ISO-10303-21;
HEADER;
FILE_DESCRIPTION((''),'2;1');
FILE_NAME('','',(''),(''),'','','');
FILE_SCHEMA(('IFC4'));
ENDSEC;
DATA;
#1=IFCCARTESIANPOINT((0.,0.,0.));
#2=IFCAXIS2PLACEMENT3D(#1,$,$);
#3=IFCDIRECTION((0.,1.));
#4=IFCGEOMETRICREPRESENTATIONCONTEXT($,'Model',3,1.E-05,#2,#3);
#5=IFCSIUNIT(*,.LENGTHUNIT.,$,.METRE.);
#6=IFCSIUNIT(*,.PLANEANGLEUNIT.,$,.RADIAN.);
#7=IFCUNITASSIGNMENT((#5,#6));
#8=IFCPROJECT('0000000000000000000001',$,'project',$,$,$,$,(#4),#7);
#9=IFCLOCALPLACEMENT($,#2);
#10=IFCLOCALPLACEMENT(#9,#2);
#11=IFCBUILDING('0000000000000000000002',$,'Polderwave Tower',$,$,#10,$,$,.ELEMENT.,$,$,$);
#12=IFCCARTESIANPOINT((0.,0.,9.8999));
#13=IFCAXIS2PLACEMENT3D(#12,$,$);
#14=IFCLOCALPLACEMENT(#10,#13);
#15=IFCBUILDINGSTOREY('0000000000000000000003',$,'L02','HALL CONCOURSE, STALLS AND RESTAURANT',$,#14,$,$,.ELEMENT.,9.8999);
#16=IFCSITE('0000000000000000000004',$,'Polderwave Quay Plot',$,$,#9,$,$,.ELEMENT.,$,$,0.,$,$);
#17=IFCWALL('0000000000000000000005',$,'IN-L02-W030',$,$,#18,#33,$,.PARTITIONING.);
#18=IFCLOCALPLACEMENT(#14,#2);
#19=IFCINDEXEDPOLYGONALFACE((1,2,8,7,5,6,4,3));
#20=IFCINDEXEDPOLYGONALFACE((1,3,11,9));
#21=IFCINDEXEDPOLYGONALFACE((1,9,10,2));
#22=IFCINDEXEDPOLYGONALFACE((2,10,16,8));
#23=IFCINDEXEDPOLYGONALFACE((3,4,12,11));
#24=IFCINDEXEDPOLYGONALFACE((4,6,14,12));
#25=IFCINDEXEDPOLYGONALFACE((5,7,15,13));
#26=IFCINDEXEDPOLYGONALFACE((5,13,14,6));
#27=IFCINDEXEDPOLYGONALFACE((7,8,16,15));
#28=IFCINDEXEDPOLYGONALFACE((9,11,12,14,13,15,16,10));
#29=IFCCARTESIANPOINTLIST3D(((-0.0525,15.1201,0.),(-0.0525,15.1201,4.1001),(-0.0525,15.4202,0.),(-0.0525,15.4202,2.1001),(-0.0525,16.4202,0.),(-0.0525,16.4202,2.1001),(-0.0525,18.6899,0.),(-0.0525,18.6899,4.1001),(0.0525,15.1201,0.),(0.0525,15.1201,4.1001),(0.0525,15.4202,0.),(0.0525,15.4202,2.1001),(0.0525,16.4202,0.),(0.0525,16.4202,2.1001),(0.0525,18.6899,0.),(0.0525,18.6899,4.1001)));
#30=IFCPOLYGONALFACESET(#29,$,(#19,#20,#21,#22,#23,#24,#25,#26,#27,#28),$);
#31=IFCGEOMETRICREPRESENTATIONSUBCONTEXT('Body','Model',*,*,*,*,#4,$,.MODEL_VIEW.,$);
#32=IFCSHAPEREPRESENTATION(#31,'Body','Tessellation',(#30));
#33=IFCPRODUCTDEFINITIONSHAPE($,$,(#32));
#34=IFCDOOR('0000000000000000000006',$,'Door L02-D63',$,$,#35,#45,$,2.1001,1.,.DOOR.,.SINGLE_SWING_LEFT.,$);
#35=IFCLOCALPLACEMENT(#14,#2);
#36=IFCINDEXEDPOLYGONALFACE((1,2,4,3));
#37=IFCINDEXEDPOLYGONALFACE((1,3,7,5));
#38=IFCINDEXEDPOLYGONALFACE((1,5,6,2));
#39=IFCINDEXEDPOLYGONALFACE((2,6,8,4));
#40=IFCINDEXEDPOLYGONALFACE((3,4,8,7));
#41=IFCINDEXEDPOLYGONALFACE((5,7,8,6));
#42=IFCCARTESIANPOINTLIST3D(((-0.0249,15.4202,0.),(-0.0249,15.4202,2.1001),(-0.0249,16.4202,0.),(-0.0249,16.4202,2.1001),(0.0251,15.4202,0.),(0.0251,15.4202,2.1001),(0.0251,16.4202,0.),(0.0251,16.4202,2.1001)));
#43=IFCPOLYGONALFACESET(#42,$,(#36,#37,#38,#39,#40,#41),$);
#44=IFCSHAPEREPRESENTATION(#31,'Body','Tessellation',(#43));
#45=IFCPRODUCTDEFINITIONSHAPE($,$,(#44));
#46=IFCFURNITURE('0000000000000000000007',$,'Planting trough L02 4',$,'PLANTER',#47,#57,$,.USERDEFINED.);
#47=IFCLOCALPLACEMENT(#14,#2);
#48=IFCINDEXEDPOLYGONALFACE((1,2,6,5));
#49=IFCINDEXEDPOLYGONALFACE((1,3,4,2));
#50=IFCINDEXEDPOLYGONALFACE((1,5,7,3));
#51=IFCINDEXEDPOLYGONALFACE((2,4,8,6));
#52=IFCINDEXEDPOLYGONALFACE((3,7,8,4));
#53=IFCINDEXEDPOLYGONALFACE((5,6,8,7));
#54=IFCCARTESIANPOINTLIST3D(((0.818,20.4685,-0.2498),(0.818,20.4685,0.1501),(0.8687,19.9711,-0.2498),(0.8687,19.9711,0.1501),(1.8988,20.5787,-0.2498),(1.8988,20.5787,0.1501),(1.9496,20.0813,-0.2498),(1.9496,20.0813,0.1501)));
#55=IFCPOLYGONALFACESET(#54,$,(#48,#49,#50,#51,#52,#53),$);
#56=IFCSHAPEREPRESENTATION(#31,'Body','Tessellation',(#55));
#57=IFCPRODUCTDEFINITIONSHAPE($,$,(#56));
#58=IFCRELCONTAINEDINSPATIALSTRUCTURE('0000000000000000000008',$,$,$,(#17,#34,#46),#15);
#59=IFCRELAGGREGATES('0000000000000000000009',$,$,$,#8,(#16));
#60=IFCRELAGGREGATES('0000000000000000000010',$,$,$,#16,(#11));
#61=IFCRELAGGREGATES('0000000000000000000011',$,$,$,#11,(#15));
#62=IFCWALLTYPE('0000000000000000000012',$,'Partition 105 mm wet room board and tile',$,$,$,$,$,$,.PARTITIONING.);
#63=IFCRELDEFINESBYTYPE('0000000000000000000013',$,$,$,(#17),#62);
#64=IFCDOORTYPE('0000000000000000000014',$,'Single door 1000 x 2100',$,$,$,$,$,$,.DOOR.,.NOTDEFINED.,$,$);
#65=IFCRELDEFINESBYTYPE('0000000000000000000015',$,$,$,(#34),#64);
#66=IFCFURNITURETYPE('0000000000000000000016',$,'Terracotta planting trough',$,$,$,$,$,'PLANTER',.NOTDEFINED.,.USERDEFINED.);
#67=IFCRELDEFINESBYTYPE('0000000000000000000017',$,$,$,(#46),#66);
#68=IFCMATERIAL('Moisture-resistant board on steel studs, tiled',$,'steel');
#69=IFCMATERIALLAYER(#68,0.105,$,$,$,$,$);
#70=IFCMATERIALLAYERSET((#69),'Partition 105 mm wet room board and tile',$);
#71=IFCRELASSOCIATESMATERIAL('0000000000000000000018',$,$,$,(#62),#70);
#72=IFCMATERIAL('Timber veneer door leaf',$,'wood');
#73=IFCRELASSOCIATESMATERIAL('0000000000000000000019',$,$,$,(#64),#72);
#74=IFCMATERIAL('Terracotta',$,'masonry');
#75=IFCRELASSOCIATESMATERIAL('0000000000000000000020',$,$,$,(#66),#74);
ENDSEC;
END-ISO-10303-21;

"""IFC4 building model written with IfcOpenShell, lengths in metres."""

from ifc_helpers import new_model, si_unit, direction, frame, frame_2d, origin, origin_2d, place, context, subcontext, project, spatial, rectangle, extrude, material, layer, layer_set, type_object, element, fill, save


model = new_model("IFC4")

# Units and contexts
model_context = context("Model", 3, precision=1e-05, world=origin(), true_north=direction((0.0, 1.0)))
body_context = subcontext(model_context, "Body", "Model", "MODEL_VIEW")
ifc_project = project(units=[si_unit("LENGTHUNIT", "METRE"), si_unit("PLANEANGLEUNIT", "RADIAN")], contexts=[model_context])

# Site, building, storey
site_placement = place(None, origin())
site = spatial("IfcSite", under=ifc_project, at=site_placement, Name="Polderwave Quay Plot", CompositionType="ELEMENT", RefElevation=0.0)
building_placement = place(site_placement, origin())
building = spatial("IfcBuilding", under=site, at=building_placement, Name="Polderwave Tower", CompositionType="ELEMENT")
storey_placement = place(building_placement, frame((0.0, 0.0, 9.8999)))
storey = spatial("IfcBuildingStorey", under=building, at=storey_placement, Name="L02", Description="HALL CONCOURSE, STALLS AND RESTAURANT", CompositionType="ELEMENT", Elevation=9.8999)

# Shared definitions
ifc_material_1 = material(Name="Moisture-resistant board on steel studs, tiled", Category="steel")
ifc_layer_1 = layer(ifc_material_1, 0.105)
ifc_layer_set_1 = layer_set([ifc_layer_1], Name="Partition 105 mm wet room board and tile")
wall_type_1 = type_object("IfcWallType", Name="Partition 105 mm wet room board and tile", PredefinedType="PARTITIONING", material=ifc_layer_set_1)

# Shared definitions
ifc_material_2 = material(Name="Timber veneer door leaf", Category="wood")
door_type_1 = type_object("IfcDoorType", Name="Single door 1000 x 2100", OperationType="NOTDEFINED", PredefinedType="DOOR", material=ifc_material_2)

# Wall, opening, door
wall_1_placement = place(storey_placement, frame((0.0, 15.1201, 0.0), z_axis=(0.0, 0.0, 1.0), x_axis=(0.0, 1.0, 0.0)))
wall_1 = element("IfcWall", 1, at=wall_1_placement, inside=storey, type_object=wall_type_1, Name="IN-L02-W030", PredefinedType="PARTITIONING", context=body_context, shape_type="SweptSolid", body=[
    extrude(rectangle(XDim=3.5698, YDim=0.105, at=frame_2d((1.7849, 0.0))), origin(), (0.0, 0.0, 1.0), 4.1001),
])
opening_1_placement = place(wall_1_placement, frame((0.3, 0.0, 0.0)))
opening_1 = element("IfcOpeningElement", 2, at=opening_1_placement, cuts=wall_1, PredefinedType="OPENING", context=body_context, shape_type="SweptSolid", body=[
    extrude(rectangle(XDim=1.0, YDim=2.1001, at=frame_2d((0.5, 1.05))), frame((0.0, 0.0625, 0.0), z_axis=(0.0, -1.0, 0.0), x_axis=(1.0, 0.0, 0.0)), (0.0, 0.0, 1.0), 0.125),
])
door_1_placement = place(opening_1_placement, origin())
door_1 = element("IfcDoor", 3, at=door_1_placement, inside=storey, type_object=door_type_1, Name="Door L02-D63", OperationType="SINGLE_SWING_LEFT", OverallHeight=2.1001, OverallWidth=1.0, PredefinedType="DOOR", context=body_context, shape_type="SweptSolid", body=[
    extrude(rectangle(XDim=1.0, YDim=2.1001, at=frame_2d((0.5, 1.05))), frame((0.0, 0.0249, 0.0), z_axis=(0.0, -1.0, 0.0), x_axis=(1.0, 0.0, 0.0)), (0.0, 0.0, 1.0), 0.05),
])
fill(opening_1, door_1)

# Furniture
ifc_material_3 = material(Name="Terracotta", Category="masonry")
furniture_type = type_object("IfcFurnitureType", Name="Terracotta planting trough", ElementType="PLANTER", AssemblyPlace="NOTDEFINED", PredefinedType="USERDEFINED", material=ifc_material_3)
furniture_placement = place(storey_placement, frame((1.3838, 20.2749, -0.2498), z_axis=(0.0, 0.0, 1.0), x_axis=(-0.994842, -0.101438, 0.0)))
element("IfcFurniture", 4, at=furniture_placement, inside=storey, type_object=furniture_type, Name="Planting trough L02 4", ObjectType="PLANTER", PredefinedType="USERDEFINED", context=body_context, shape_type="SweptSolid", body=[
    extrude(rectangle(XDim=1.0864, YDim=0.5, at=origin_2d()), origin(), (0.0, 0.0, 1.0), 0.3999),
])

save(model, "model.ifc")
